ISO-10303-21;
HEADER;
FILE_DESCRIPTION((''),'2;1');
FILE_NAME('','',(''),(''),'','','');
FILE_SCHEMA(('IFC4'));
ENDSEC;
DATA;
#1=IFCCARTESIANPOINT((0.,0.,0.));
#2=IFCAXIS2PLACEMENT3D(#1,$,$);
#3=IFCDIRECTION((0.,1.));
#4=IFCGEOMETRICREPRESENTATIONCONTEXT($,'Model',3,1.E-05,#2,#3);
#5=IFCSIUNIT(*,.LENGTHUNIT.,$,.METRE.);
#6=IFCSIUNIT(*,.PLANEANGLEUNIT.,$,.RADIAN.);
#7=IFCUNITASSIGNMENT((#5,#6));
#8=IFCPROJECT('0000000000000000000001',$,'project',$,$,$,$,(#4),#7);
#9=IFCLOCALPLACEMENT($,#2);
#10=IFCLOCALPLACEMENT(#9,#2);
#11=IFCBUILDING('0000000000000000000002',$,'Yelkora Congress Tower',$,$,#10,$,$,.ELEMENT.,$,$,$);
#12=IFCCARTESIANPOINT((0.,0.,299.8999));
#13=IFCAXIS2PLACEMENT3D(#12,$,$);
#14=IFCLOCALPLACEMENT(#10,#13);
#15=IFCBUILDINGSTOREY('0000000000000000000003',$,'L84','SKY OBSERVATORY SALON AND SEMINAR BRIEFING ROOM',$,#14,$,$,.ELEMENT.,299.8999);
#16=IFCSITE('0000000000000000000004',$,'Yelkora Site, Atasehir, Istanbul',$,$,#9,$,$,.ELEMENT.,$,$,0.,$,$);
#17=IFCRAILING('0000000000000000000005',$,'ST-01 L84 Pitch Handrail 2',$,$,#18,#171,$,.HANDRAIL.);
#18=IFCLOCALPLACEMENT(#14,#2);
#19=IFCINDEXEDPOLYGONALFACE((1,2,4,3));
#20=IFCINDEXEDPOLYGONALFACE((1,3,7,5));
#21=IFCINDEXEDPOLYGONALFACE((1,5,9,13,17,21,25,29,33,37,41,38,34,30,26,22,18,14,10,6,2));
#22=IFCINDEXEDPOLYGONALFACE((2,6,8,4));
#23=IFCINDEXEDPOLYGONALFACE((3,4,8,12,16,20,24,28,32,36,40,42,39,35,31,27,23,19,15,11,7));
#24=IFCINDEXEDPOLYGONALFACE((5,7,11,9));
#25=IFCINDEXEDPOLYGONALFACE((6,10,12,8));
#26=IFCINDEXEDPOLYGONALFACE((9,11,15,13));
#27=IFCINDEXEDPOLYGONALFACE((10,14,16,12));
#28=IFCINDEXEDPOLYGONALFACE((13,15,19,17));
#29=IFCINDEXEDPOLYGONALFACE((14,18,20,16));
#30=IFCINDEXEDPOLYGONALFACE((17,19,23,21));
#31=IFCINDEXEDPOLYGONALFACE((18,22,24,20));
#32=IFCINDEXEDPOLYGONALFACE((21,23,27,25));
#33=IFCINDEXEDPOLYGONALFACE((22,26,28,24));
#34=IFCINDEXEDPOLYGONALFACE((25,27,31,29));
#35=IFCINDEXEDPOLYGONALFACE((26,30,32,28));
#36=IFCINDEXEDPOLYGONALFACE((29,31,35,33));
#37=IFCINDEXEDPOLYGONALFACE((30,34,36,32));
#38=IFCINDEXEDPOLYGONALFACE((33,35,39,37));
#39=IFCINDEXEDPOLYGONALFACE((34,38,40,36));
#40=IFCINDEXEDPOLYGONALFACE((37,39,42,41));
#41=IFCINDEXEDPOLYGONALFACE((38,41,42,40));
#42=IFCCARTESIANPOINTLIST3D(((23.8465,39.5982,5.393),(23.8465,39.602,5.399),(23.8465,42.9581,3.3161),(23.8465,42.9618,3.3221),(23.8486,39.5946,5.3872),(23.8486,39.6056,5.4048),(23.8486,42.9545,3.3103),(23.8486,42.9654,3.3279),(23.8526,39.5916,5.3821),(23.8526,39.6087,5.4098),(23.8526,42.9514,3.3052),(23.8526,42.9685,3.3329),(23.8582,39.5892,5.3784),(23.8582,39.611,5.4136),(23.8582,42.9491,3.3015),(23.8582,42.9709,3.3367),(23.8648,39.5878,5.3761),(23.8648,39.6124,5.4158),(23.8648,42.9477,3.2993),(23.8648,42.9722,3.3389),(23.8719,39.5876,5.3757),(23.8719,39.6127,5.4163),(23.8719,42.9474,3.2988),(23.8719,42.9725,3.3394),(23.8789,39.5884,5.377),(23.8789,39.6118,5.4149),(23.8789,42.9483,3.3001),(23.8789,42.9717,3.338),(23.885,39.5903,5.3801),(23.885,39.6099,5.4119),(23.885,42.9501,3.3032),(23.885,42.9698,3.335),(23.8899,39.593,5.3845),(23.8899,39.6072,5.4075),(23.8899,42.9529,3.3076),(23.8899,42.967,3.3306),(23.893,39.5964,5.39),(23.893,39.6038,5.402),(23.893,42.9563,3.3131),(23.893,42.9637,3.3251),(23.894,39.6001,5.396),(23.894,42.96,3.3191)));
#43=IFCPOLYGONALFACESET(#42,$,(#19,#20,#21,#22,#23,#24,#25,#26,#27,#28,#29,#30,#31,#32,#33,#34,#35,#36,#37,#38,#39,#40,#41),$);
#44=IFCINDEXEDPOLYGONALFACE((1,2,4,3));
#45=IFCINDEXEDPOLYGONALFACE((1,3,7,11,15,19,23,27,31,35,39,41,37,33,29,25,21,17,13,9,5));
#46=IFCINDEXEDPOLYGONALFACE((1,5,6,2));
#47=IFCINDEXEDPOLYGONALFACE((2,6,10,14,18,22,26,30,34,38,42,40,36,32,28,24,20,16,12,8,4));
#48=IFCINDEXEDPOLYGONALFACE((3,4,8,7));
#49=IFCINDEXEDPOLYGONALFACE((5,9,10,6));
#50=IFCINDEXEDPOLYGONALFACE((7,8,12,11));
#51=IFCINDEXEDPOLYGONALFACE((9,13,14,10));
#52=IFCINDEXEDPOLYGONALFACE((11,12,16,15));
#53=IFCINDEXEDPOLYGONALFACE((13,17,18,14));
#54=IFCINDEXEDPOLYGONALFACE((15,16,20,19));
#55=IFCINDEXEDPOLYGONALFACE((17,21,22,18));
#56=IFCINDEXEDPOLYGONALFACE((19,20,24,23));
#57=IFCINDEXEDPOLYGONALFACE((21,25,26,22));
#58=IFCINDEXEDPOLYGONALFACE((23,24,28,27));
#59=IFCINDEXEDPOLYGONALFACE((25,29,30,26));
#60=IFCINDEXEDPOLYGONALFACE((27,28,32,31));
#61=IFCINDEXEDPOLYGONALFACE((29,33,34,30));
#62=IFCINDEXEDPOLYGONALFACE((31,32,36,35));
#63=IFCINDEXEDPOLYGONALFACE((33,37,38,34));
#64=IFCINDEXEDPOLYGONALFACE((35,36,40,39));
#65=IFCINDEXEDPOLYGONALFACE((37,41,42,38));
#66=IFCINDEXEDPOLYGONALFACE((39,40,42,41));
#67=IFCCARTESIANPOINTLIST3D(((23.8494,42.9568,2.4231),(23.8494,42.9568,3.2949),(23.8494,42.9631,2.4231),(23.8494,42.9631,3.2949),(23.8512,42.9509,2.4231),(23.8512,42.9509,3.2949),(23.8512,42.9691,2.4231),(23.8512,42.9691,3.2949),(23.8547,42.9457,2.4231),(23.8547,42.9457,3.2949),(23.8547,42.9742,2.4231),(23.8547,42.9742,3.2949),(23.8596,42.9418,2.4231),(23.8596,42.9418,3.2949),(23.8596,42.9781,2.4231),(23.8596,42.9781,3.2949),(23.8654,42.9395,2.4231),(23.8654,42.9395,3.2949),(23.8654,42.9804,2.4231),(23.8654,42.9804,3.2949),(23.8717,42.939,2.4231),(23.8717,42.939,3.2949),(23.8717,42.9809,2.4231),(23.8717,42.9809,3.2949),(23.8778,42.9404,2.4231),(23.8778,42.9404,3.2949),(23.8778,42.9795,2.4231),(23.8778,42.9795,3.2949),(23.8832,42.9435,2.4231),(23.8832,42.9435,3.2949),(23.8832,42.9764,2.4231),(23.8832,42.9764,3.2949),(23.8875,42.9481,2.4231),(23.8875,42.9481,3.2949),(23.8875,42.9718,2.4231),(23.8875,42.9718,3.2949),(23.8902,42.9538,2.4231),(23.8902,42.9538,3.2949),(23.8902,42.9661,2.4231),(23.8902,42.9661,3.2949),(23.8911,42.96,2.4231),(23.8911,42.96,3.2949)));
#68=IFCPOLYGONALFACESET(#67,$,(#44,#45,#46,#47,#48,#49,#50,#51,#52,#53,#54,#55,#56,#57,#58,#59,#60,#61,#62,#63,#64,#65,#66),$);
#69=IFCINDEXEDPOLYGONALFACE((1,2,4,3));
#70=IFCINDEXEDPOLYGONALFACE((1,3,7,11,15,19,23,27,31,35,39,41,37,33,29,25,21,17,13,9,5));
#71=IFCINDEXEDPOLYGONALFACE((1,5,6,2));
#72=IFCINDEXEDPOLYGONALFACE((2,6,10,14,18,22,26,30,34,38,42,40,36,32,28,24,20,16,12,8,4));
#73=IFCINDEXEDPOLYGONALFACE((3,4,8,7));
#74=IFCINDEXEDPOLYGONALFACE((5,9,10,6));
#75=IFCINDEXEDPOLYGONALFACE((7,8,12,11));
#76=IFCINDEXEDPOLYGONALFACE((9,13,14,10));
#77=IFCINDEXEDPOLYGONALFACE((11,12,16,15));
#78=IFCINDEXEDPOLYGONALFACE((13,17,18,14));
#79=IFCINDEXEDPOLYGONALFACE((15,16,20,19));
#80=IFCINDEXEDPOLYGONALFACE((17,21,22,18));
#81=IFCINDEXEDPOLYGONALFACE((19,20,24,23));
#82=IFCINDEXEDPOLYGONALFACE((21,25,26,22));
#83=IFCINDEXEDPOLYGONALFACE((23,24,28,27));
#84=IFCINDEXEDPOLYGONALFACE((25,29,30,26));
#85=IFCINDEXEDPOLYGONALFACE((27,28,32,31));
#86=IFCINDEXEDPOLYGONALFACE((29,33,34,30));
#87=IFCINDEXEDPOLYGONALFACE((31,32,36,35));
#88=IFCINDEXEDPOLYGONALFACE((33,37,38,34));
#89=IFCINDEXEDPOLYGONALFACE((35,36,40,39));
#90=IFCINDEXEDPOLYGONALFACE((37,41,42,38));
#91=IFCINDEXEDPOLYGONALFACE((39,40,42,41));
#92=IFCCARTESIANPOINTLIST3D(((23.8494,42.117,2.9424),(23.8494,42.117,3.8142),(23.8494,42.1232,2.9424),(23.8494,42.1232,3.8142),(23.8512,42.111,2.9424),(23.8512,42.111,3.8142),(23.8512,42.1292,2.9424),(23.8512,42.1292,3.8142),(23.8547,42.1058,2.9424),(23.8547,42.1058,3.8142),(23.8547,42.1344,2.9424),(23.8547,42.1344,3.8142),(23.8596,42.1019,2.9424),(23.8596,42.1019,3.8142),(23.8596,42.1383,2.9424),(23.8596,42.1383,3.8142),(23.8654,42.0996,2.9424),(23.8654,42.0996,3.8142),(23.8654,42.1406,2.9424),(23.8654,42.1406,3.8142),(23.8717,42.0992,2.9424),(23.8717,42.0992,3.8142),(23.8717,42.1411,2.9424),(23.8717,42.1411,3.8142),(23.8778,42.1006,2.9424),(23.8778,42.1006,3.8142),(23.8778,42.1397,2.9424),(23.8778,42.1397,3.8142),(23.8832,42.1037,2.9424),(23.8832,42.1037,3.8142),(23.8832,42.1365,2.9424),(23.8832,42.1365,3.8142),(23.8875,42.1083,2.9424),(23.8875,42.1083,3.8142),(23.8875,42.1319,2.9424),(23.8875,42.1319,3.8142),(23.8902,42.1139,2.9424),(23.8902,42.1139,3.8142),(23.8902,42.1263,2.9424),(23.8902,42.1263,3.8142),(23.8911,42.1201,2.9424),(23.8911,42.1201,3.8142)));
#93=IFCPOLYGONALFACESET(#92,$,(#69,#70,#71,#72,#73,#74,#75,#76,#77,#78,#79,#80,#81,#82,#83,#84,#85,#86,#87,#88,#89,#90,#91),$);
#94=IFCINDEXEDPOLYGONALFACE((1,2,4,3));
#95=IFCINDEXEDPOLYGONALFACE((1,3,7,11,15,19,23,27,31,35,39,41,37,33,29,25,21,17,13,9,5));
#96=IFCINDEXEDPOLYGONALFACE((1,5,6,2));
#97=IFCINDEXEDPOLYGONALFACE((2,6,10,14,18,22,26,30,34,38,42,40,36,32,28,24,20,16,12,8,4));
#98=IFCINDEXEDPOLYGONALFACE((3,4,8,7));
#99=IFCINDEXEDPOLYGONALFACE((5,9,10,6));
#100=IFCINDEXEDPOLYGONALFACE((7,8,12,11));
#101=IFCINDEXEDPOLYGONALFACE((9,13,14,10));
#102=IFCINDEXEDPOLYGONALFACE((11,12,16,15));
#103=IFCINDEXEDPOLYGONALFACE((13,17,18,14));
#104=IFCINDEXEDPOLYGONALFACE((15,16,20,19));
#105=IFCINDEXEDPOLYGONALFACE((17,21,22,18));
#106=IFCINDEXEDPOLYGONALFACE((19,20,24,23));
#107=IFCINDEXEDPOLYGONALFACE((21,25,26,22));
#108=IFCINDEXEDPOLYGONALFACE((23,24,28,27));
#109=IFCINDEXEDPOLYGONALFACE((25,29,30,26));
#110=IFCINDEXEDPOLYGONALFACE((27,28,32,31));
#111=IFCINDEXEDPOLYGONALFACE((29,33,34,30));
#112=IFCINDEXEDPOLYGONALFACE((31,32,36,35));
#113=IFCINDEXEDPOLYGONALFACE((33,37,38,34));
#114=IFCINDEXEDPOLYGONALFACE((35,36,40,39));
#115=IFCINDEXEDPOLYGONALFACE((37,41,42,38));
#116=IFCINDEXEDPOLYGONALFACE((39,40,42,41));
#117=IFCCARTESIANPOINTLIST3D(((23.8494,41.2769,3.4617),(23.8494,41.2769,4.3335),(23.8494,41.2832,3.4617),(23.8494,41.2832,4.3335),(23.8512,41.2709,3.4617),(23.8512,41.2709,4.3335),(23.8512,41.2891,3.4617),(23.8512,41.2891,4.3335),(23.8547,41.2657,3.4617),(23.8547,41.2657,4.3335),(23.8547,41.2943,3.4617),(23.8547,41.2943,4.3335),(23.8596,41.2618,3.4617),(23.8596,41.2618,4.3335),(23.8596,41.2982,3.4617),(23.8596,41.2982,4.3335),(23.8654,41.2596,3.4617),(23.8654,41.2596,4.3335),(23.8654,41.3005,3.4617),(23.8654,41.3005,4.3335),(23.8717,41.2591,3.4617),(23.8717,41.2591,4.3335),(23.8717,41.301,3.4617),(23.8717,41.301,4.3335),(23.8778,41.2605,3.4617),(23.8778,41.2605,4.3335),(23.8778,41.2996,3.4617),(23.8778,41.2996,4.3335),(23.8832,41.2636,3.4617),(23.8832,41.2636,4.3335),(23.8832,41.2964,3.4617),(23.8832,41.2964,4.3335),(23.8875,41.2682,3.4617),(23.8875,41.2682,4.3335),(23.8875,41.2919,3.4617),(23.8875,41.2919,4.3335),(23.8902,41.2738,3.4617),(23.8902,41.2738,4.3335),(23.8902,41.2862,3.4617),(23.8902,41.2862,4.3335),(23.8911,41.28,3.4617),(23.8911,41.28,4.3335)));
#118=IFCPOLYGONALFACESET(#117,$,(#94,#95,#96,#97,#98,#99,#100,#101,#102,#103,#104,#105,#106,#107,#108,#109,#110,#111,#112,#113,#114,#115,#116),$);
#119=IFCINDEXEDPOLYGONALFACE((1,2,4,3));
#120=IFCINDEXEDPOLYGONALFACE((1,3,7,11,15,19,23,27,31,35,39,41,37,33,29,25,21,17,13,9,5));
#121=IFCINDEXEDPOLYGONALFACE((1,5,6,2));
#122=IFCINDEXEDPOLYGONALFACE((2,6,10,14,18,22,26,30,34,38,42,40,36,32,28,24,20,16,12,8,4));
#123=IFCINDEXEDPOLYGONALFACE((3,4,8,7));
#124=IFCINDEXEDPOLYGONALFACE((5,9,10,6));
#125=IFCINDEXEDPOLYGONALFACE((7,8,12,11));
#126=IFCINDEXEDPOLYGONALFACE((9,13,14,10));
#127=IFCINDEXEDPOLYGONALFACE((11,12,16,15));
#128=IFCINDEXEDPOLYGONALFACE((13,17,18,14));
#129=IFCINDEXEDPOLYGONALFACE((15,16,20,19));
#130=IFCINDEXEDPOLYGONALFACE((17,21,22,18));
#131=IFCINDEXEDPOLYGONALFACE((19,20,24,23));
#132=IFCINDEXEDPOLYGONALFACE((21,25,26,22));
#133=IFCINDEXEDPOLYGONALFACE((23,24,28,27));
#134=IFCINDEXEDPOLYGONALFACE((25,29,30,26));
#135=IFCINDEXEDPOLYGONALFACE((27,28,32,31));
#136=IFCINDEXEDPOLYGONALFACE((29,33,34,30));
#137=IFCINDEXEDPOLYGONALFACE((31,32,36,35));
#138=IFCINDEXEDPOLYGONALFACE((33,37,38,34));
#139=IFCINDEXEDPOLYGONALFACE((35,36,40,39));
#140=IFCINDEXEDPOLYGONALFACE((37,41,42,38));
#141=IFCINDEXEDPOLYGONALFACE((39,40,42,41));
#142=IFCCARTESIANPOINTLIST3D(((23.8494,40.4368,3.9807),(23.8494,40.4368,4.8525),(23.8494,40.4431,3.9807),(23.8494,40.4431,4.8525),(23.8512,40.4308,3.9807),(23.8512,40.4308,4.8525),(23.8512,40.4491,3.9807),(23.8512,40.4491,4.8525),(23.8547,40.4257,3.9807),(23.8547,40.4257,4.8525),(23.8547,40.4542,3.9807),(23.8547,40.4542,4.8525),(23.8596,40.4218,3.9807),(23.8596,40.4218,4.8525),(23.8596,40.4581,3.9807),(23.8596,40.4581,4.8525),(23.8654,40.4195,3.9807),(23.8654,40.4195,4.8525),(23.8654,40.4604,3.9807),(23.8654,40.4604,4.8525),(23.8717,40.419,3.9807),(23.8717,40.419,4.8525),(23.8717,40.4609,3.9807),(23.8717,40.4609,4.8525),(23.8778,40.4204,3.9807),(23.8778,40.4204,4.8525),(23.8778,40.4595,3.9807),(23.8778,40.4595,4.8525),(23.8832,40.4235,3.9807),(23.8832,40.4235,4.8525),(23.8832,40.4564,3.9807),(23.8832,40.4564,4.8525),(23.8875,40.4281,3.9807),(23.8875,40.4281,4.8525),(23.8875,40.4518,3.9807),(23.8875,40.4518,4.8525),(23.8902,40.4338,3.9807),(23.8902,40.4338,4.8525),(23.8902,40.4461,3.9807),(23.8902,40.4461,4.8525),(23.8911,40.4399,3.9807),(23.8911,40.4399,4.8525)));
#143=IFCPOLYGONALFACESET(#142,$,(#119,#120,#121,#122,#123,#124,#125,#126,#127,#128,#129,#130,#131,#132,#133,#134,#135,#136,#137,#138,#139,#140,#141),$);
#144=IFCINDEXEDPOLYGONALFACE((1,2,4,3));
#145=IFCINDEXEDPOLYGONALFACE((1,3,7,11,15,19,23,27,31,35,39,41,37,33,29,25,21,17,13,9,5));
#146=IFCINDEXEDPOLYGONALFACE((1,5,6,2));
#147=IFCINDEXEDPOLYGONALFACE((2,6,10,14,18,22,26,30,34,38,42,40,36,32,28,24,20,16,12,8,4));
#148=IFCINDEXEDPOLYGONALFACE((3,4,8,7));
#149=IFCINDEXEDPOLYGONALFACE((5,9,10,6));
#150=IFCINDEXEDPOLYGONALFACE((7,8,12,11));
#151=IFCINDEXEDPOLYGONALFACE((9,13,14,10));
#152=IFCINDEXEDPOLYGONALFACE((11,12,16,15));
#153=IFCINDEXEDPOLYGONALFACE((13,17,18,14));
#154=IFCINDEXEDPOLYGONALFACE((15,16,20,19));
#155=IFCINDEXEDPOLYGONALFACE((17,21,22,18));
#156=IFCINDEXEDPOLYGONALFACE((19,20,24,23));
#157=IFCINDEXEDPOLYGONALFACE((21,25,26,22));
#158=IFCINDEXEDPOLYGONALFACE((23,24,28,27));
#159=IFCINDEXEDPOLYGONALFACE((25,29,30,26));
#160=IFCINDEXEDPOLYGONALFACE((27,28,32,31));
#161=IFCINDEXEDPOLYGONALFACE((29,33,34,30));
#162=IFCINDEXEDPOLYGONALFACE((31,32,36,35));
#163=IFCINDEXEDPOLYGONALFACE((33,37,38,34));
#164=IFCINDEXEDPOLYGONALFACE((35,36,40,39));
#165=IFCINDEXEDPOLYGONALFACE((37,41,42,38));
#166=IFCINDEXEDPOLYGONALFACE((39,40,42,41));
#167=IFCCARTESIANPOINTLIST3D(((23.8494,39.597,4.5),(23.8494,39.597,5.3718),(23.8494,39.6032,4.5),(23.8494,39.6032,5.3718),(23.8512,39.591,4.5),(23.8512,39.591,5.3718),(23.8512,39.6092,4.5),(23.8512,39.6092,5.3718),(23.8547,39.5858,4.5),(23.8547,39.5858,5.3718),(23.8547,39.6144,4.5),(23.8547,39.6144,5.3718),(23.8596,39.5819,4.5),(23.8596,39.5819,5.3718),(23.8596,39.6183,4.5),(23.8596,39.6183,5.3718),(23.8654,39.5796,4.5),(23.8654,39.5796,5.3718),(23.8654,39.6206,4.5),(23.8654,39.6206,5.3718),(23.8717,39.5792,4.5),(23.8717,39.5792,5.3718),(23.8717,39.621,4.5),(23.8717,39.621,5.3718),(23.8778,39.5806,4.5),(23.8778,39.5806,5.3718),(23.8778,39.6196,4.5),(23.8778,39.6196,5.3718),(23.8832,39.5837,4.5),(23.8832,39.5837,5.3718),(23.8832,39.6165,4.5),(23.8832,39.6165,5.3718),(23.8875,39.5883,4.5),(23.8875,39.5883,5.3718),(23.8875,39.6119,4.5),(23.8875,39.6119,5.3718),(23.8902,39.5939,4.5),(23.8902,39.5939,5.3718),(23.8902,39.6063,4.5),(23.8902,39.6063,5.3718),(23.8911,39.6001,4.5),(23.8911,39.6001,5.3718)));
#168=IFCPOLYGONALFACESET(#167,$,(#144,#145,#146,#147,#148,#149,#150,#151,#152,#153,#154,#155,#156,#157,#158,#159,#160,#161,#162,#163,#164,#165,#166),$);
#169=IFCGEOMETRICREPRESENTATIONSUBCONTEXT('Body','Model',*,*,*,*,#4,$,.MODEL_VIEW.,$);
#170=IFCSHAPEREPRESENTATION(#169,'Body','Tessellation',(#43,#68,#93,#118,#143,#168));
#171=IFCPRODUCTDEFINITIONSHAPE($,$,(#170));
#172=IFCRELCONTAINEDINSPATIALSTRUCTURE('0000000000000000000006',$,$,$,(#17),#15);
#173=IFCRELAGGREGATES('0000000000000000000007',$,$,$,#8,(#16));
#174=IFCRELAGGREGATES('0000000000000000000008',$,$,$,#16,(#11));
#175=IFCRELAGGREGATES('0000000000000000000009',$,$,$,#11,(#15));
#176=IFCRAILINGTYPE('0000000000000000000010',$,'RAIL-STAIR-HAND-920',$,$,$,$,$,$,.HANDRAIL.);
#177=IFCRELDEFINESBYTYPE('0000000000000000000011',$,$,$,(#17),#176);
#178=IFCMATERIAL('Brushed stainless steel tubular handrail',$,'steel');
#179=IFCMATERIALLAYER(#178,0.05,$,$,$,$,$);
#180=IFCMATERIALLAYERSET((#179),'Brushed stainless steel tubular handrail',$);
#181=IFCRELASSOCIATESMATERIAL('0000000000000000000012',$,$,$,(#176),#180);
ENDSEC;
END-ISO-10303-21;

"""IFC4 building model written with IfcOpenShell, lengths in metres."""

from ifc_helpers import new_model, si_unit, direction, frame, origin, origin_2d, place, context, subcontext, project, spatial, circle, extrude, material, layer, layer_set, type_object, element, save


model = new_model("IFC4")

# Units and contexts
model_context = context("Model", 3, precision=1e-05, world=origin(), true_north=direction((0.0, 1.0)))
body_context = subcontext(model_context, "Body", "Model", "MODEL_VIEW")
ifc_project = project(units=[si_unit("LENGTHUNIT", "METRE"), si_unit("PLANEANGLEUNIT", "RADIAN")], contexts=[model_context])

# Site, building, storey
site_placement = place(None, origin())
site = spatial("IfcSite", under=ifc_project, at=site_placement, Name="Yelkora Site, Atasehir, Istanbul", CompositionType="ELEMENT", RefElevation=0.0)
building_placement = place(site_placement, origin())
building = spatial("IfcBuilding", under=site, at=building_placement, Name="Yelkora Congress Tower", CompositionType="ELEMENT")
storey_placement = place(building_placement, frame((0.0, 0.0, 299.8999)))
storey = spatial("IfcBuildingStorey", under=building, at=storey_placement, Name="L84", Description="SKY OBSERVATORY SALON AND SEMINAR BRIEFING ROOM", CompositionType="ELEMENT", Elevation=299.8999)

# Railing
ifc_material_1 = material(Name="Brushed stainless steel tubular handrail", Category="steel")
ifc_layer_1 = layer(ifc_material_1, 0.05)
ifc_layer_set_1 = layer_set([ifc_layer_1], Name="Brushed stainless steel tubular handrail")
railing_type_1 = type_object("IfcRailingType", Name="RAIL-STAIR-HAND-920", PredefinedType="HANDRAIL", material=ifc_layer_set_1)
railing_1_placement = place(storey_placement, frame((23.8701, 42.96, 2.4231)))
element("IfcRailing", 1, at=railing_1_placement, inside=storey, type_object=railing_type_1, Name="ST-01 L84 Pitch Handrail 2", PredefinedType="HANDRAIL", context=body_context, shape_type="SweptSolid", body=[
    extrude(circle(Radius=0.0239, at=origin_2d()), frame((0.0, 0.0, 0.896), z_axis=(0.0, -0.850606, 0.525803), x_axis=(1.0, 0.0, 0.0)), (0.0, 0.0, 1.0), 3.95),
    extrude(circle(Radius=0.021, at=origin_2d()), origin(), (0.0, 0.0, 1.0), 0.8718),
    extrude(circle(Radius=0.021, at=origin_2d()), frame((0.0, -0.8398, 0.5193)), (0.0, 0.0, 1.0), 0.8718),
    extrude(circle(Radius=0.021, at=origin_2d()), frame((0.0, -1.6799, 1.0386)), (0.0, 0.0, 1.0), 0.8718),
    extrude(circle(Radius=0.021, at=origin_2d()), frame((0.0, -2.52, 1.5576)), (0.0, 0.0, 1.0), 0.8718),
    extrude(circle(Radius=0.021, at=origin_2d()), frame((0.0, -3.3599, 2.0769)), (0.0, 0.0, 1.0), 0.8718),
])

save(model, "model.ifc")
